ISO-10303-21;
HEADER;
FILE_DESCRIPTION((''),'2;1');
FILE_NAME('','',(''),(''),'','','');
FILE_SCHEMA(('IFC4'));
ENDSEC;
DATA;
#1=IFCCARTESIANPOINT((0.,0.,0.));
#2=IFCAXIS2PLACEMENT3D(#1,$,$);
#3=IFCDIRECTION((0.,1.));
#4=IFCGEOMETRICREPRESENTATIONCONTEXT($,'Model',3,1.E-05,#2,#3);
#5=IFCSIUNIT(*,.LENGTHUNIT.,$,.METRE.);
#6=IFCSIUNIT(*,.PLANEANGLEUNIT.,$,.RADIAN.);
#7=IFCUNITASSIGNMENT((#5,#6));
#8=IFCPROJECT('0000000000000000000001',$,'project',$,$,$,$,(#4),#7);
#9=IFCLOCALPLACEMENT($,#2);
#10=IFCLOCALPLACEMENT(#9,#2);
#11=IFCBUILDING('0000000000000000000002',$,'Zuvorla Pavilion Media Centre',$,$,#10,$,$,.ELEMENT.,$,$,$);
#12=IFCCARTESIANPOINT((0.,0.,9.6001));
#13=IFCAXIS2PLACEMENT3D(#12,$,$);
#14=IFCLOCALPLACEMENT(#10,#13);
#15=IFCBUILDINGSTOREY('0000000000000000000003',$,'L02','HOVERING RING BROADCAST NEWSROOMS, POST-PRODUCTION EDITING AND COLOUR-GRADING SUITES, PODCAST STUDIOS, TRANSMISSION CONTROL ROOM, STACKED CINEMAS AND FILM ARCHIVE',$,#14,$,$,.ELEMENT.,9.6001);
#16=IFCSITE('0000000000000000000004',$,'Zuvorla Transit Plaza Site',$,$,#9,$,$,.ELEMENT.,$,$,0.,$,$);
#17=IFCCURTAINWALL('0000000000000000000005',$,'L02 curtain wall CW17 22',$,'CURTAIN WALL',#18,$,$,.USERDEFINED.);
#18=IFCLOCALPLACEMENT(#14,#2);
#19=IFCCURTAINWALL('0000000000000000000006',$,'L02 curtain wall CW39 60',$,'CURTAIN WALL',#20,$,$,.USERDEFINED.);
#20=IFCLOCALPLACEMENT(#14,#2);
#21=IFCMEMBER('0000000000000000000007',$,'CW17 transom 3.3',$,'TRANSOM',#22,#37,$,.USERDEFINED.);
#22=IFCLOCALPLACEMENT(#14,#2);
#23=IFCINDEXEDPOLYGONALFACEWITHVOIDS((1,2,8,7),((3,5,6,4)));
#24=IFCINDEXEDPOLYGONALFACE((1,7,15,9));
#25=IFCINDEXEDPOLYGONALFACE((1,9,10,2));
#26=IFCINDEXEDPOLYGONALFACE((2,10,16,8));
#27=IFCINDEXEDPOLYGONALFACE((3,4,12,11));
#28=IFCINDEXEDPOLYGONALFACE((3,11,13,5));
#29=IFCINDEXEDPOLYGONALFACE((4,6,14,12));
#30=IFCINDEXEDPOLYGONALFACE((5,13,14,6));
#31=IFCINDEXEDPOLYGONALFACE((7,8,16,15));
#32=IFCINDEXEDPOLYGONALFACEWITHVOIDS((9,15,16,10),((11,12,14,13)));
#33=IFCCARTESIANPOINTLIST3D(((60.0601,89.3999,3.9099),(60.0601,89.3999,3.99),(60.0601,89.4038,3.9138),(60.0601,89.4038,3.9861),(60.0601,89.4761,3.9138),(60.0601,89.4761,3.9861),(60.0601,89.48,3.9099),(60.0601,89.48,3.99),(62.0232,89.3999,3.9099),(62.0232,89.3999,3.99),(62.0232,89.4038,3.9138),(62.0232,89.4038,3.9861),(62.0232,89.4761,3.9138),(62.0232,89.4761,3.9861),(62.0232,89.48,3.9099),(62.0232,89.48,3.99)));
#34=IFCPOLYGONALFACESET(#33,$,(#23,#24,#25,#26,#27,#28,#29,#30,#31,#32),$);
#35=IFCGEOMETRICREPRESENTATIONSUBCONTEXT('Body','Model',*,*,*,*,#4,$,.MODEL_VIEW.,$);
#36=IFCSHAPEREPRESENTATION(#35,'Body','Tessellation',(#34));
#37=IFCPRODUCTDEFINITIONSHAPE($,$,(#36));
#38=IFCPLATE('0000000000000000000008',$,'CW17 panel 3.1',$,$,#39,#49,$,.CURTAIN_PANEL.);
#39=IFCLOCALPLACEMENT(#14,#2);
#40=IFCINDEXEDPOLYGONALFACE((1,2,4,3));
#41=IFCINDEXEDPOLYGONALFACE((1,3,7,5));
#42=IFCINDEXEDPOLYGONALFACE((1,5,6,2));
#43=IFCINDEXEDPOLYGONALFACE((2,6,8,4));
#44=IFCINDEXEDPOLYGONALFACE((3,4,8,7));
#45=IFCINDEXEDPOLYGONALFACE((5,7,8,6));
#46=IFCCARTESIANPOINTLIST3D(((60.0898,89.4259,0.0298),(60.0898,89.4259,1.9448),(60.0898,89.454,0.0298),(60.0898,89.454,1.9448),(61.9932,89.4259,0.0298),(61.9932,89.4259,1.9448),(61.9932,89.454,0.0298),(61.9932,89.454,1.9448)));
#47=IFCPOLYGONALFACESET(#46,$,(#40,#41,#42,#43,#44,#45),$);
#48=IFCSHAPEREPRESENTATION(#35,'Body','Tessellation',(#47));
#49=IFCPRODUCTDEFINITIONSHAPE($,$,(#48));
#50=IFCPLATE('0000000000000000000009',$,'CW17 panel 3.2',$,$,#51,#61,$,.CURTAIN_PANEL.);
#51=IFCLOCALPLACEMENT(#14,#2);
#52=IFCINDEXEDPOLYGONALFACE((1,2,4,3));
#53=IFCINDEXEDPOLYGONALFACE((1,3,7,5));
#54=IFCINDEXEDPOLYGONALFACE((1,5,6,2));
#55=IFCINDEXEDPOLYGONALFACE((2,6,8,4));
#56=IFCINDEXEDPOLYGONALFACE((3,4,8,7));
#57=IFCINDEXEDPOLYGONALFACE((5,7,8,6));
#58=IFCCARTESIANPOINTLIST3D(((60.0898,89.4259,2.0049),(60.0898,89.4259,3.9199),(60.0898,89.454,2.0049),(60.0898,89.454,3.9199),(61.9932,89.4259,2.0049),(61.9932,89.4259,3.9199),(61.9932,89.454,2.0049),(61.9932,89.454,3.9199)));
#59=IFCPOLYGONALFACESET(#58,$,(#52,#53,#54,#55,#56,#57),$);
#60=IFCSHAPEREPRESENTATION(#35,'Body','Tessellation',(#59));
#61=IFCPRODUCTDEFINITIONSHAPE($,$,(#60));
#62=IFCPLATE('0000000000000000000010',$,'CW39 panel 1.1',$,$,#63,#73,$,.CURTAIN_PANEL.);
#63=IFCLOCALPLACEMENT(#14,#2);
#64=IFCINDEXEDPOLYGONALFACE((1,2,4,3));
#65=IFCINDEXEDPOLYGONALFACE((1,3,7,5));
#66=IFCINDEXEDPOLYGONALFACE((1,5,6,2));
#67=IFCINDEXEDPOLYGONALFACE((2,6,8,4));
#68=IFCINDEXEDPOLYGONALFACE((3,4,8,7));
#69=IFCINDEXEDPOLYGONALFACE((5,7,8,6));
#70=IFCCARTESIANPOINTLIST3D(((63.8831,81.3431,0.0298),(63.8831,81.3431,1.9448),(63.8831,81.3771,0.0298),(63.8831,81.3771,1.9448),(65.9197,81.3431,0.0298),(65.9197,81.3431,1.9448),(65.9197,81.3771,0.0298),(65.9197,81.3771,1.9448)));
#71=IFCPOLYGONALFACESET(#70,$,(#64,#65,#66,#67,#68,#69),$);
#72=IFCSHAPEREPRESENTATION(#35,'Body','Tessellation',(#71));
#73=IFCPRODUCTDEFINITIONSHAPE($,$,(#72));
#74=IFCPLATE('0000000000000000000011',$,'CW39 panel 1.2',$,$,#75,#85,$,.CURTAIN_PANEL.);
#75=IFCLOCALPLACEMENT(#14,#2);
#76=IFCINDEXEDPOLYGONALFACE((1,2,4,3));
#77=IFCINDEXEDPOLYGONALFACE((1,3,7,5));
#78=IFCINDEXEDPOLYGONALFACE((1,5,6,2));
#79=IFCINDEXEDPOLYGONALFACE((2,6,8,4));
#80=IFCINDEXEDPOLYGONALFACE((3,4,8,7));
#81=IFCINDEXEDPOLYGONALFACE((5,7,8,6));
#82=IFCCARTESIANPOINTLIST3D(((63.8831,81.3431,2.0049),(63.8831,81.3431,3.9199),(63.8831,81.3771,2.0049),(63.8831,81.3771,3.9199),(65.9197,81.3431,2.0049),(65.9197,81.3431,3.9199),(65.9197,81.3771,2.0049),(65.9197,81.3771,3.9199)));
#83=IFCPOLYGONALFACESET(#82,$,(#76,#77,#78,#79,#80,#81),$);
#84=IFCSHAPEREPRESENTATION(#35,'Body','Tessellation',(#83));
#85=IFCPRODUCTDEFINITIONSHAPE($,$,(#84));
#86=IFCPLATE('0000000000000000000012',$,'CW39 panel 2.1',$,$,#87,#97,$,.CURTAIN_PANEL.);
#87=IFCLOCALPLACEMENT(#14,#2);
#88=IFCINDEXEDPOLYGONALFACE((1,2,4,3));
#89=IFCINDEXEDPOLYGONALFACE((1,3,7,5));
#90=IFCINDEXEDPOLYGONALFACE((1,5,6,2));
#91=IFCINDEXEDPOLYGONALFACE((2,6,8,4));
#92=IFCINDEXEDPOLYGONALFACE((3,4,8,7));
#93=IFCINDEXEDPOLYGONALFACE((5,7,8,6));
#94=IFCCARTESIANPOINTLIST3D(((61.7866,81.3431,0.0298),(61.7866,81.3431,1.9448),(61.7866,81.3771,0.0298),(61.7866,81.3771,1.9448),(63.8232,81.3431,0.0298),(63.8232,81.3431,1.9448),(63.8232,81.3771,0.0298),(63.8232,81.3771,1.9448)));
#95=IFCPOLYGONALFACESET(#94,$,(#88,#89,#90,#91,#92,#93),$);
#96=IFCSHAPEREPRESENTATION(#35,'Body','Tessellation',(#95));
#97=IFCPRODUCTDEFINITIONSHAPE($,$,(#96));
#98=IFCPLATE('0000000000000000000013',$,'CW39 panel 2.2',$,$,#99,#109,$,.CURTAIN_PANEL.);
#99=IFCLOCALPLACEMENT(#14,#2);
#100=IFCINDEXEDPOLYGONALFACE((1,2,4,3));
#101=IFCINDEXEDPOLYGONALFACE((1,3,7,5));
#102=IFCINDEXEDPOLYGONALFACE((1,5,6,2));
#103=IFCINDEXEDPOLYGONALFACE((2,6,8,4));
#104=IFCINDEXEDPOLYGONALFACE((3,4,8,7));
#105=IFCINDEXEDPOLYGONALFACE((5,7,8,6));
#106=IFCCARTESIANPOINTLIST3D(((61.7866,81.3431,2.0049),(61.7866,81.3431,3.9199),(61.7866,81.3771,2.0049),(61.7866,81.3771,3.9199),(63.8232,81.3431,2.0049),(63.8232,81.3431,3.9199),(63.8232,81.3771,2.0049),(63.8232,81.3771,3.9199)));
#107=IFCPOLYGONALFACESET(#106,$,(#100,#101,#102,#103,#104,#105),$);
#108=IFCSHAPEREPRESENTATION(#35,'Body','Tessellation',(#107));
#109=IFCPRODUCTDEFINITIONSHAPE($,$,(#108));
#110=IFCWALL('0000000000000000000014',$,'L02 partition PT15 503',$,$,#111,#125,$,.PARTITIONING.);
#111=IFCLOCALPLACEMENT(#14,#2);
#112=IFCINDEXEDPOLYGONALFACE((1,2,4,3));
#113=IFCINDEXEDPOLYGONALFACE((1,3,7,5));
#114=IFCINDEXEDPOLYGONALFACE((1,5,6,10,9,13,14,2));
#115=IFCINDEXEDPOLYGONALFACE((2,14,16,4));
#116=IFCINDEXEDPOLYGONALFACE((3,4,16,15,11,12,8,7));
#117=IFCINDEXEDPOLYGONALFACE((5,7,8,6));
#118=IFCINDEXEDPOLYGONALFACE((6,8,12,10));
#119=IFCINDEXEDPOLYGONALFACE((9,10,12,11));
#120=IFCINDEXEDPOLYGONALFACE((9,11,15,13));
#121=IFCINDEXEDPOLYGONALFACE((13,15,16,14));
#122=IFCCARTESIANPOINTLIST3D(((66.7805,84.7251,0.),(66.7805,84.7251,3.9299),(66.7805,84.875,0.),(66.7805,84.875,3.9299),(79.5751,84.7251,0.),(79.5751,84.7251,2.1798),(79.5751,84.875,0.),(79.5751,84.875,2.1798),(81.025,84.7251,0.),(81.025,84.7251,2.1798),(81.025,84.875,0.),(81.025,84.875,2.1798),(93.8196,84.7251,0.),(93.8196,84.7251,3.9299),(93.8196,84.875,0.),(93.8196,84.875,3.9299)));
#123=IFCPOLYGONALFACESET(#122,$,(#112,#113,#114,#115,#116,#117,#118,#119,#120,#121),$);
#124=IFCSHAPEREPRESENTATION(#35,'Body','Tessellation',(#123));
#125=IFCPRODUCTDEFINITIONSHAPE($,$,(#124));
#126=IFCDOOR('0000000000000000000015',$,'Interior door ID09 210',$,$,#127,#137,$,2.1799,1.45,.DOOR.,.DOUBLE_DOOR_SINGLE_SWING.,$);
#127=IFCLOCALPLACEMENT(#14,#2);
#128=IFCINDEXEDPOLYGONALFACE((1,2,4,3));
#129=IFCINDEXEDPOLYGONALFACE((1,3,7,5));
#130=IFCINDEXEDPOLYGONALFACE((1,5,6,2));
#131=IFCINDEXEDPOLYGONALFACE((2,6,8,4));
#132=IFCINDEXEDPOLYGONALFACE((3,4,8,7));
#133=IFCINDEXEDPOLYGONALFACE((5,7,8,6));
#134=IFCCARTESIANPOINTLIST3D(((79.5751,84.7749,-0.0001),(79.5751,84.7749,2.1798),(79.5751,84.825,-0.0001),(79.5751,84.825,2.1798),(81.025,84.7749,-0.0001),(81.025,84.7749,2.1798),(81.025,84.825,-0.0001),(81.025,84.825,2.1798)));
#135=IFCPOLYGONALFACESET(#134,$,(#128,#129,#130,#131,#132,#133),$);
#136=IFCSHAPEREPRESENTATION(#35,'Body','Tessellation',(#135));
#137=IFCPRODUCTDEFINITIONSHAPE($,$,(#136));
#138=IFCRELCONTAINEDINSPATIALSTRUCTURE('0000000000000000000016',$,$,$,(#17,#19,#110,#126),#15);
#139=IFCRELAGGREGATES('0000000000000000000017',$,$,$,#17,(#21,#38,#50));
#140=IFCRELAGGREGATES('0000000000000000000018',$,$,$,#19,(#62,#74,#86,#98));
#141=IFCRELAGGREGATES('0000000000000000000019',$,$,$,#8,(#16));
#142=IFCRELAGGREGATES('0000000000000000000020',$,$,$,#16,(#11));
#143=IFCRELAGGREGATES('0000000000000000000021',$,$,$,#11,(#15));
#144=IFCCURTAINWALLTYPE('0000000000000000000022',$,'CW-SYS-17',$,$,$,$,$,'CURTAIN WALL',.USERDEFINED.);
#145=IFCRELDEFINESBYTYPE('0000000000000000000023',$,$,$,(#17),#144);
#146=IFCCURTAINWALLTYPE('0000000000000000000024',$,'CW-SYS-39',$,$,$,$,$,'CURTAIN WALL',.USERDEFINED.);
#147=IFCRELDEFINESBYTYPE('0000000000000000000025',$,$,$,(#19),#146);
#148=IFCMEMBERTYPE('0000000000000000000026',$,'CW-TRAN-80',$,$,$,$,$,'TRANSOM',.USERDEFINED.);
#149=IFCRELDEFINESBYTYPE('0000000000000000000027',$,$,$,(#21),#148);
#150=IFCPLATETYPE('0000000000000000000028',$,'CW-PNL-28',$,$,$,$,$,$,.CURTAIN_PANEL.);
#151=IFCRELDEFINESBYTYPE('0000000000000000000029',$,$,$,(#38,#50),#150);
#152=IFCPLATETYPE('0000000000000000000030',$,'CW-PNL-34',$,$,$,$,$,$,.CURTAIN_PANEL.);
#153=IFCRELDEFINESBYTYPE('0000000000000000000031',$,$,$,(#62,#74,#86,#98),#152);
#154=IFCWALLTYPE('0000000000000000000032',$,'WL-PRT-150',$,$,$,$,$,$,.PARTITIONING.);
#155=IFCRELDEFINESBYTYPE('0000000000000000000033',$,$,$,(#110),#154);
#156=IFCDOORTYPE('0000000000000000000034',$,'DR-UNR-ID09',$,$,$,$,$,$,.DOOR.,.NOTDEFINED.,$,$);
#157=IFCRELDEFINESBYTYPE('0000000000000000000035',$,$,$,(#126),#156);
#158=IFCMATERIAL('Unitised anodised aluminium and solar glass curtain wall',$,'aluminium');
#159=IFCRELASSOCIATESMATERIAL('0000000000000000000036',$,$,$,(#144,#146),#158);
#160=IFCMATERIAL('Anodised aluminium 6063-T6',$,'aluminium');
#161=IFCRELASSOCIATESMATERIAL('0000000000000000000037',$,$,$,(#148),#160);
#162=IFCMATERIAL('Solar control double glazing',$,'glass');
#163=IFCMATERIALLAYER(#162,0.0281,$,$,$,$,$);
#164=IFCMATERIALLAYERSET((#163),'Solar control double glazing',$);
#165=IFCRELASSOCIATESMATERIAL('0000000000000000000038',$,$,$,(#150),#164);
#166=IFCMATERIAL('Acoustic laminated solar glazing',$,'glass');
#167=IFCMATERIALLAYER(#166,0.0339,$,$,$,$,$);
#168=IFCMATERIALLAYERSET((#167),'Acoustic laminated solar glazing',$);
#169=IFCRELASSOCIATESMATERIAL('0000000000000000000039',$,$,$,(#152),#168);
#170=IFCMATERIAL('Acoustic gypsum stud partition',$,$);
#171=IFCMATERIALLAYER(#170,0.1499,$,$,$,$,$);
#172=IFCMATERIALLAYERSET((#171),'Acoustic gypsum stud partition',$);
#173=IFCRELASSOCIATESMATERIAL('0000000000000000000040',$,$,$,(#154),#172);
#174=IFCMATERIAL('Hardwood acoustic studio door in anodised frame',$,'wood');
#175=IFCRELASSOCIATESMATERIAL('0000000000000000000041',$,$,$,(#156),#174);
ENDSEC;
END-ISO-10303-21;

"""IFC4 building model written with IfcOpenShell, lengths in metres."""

from ifc_helpers import new_model, si_unit, direction, frame, frame_2d, origin, origin_2d, place, context, subcontext, project, spatial, rectangle, hollow_rectangle, extrude, material, layer, layer_set, material_profile, profile_set, type_object, element, fill, aggregate, save


model = new_model("IFC4")

# Units and contexts
model_context = context("Model", 3, precision=1e-05, world=origin(), true_north=direction((0.0, 1.0)))
body_context = subcontext(model_context, "Body", "Model", "MODEL_VIEW")
ifc_project = project(units=[si_unit("LENGTHUNIT", "METRE"), si_unit("PLANEANGLEUNIT", "RADIAN")], contexts=[model_context])

# Site, building, storey
site_placement = place(None, origin())
site = spatial("IfcSite", under=ifc_project, at=site_placement, Name="Zuvorla Transit Plaza Site", CompositionType="ELEMENT", RefElevation=0.0)
building_placement = place(site_placement, origin())
building = spatial("IfcBuilding", under=site, at=building_placement, Name="Zuvorla Pavilion Media Centre", CompositionType="ELEMENT")
storey_placement = place(building_placement, frame((0.0, 0.0, 9.6001)))
storey = spatial("IfcBuildingStorey", under=building, at=storey_placement, Name="L02", Description="HOVERING RING BROADCAST NEWSROOMS, POST-PRODUCTION EDITING AND COLOUR-GRADING SUITES, PODCAST STUDIOS, TRANSMISSION CONTROL ROOM, STACKED CINEMAS AND FILM ARCHIVE", CompositionType="ELEMENT", Elevation=9.6001)

# Curtain wall
ifc_material_1 = material(Name="Unitised anodised aluminium and solar glass curtain wall", Category="aluminium")
curtain_wall_type_1 = type_object("IfcCurtainWallType", Name="CW-SYS-17", ElementType="CURTAIN WALL", PredefinedType="USERDEFINED", material=ifc_material_1)
curtain_wall_1_placement = place(storey_placement, origin())
curtain_wall_1 = element("IfcCurtainWall", 1, at=curtain_wall_1_placement, inside=storey, type_object=curtain_wall_type_1, Name="L02 curtain wall CW17 22", ObjectType="CURTAIN WALL", PredefinedType="USERDEFINED")
ifc_material_2 = material(Name="Anodised aluminium 6063-T6", Category="aluminium")

# Curtain wall
curtain_wall_type_2 = type_object("IfcCurtainWallType", Name="CW-SYS-39", ElementType="CURTAIN WALL", PredefinedType="USERDEFINED", material=ifc_material_1)
curtain_wall_2_placement = place(storey_placement, origin())
curtain_wall_2 = element("IfcCurtainWall", 2, at=curtain_wall_2_placement, inside=storey, type_object=curtain_wall_type_2, Name="L02 curtain wall CW39 60", ObjectType="CURTAIN WALL", PredefinedType="USERDEFINED")

# Member
ifc_material_profile_1 = material_profile(ifc_material_2, hollow_rectangle(XDim=0.0801, YDim=0.0801, WallThickness=0.0039, at=origin_2d()), Name="ALU TRAN 80x80")
ifc_profile_set_1 = profile_set([ifc_material_profile_1], Name="Anodised aluminium 6063-T6")
member_type_1 = type_object("IfcMemberType", Name="CW-TRAN-80", ElementType="TRANSOM", PredefinedType="USERDEFINED", material=ifc_profile_set_1)
member_1_placement = place(storey_placement, frame((62.0232, 89.4399, 3.95), z_axis=(-1.0, 0.0, 0.0), x_axis=(0.0, -1.0, 0.0)))
member_1 = element("IfcMember", 3, at=member_1_placement, type_object=member_type_1, Name="CW17 transom 3.3", ObjectType="TRANSOM", PredefinedType="USERDEFINED", context=body_context, shape_type="SweptSolid", body=[
    extrude(hollow_rectangle(XDim=0.0801, YDim=0.0801, WallThickness=0.0039, at=origin_2d()), origin(), (0.0, 0.0, 1.0), 1.9631),
])

# Plates
ifc_material_3 = material(Name="Solar control double glazing", Category="glass")
ifc_layer_1 = layer(ifc_material_3, 0.0281)
ifc_layer_set_1 = layer_set([ifc_layer_1], Name="Solar control double glazing")
plate_type_1 = type_object("IfcPlateType", Name="CW-PNL-28", PredefinedType="CURTAIN_PANEL", material=ifc_layer_set_1)
plate_1_placement = place(storey_placement, frame((61.0415, 89.4399, 0.0298), z_axis=(0.0, 0.0, 1.0), x_axis=(-1.0, 0.0, 0.0)))
plate_1 = element("IfcPlate", 4, at=plate_1_placement, type_object=plate_type_1, Name="CW17 panel 3.1", PredefinedType="CURTAIN_PANEL", context=body_context, shape_type="SweptSolid", body=[
    extrude(rectangle(XDim=1.9033, YDim=0.0281, at=origin_2d()), origin(), (0.0, 0.0, 1.0), 1.915),
])
plate_2_placement = place(storey_placement, frame((61.0415, 89.4399, 2.0049), z_axis=(0.0, 0.0, 1.0), x_axis=(-1.0, 0.0, 0.0)))
plate_2 = element("IfcPlate", 5, at=plate_2_placement, type_object=plate_type_1, Name="CW17 panel 3.2", PredefinedType="CURTAIN_PANEL", context=body_context, shape_type="SweptSolid", body=[
    extrude(rectangle(XDim=1.9033, YDim=0.0281, at=origin_2d()), origin(), (0.0, 0.0, 1.0), 1.915),
])
aggregate(curtain_wall_1, [member_1, plate_1, plate_2])
ifc_material_4 = material(Name="Acoustic laminated solar glazing", Category="glass")
ifc_layer_2 = layer(ifc_material_4, 0.0339)
ifc_layer_set_2 = layer_set([ifc_layer_2], Name="Acoustic laminated solar glazing")
plate_type_2 = type_object("IfcPlateType", Name="CW-PNL-34", PredefinedType="CURTAIN_PANEL", material=ifc_layer_set_2)
plate_3_placement = place(storey_placement, frame((64.9014, 81.3601, 0.0298), z_axis=(0.0, 0.0, 1.0), x_axis=(-1.0, 0.0, 0.0)))
plate_3 = element("IfcPlate", 6, at=plate_3_placement, type_object=plate_type_2, Name="CW39 panel 1.1", PredefinedType="CURTAIN_PANEL", context=body_context, shape_type="SweptSolid", body=[
    extrude(rectangle(XDim=2.0366, YDim=0.0339, at=origin_2d()), origin(), (0.0, 0.0, 1.0), 1.915),
])
plate_4_placement = place(storey_placement, frame((64.9014, 81.3601, 2.0049), z_axis=(0.0, 0.0, 1.0), x_axis=(-1.0, 0.0, 0.0)))
plate_4 = element("IfcPlate", 7, at=plate_4_placement, type_object=plate_type_2, Name="CW39 panel 1.2", PredefinedType="CURTAIN_PANEL", context=body_context, shape_type="SweptSolid", body=[
    extrude(rectangle(XDim=2.0366, YDim=0.0339, at=origin_2d()), origin(), (0.0, 0.0, 1.0), 1.915),
])
plate_5_placement = place(storey_placement, frame((62.8049, 81.3601, 0.0298), z_axis=(0.0, 0.0, 1.0), x_axis=(-1.0, 0.0, 0.0)))
plate_5 = element("IfcPlate", 8, at=plate_5_placement, type_object=plate_type_2, Name="CW39 panel 2.1", PredefinedType="CURTAIN_PANEL", context=body_context, shape_type="SweptSolid", body=[
    extrude(rectangle(XDim=2.0366, YDim=0.0339, at=origin_2d()), origin(), (0.0, 0.0, 1.0), 1.915),
])
plate_6_placement = place(storey_placement, frame((62.8049, 81.3601, 2.0049), z_axis=(0.0, 0.0, 1.0), x_axis=(-1.0, 0.0, 0.0)))
plate_6 = element("IfcPlate", 9, at=plate_6_placement, type_object=plate_type_2, Name="CW39 panel 2.2", PredefinedType="CURTAIN_PANEL", context=body_context, shape_type="SweptSolid", body=[
    extrude(rectangle(XDim=2.0366, YDim=0.0339, at=origin_2d()), origin(), (0.0, 0.0, 1.0), 1.915),
])
aggregate(curtain_wall_2, [plate_3, plate_4, plate_5, plate_6])

# Wall, opening, door
ifc_material_5 = material(Name="Acoustic gypsum stud partition")
ifc_layer_3 = layer(ifc_material_5, 0.1499)
ifc_layer_set_3 = layer_set([ifc_layer_3], Name="Acoustic gypsum stud partition")
wall_type = type_object("IfcWallType", Name="WL-PRT-150", PredefinedType="PARTITIONING", material=ifc_layer_set_3)
wall_placement = place(storey_placement, frame((66.7805, 84.8, 0.0), z_axis=(0.0, 0.0, 1.0), x_axis=(1.0, 0.0, 0.0)))
wall = element("IfcWall", 10, at=wall_placement, inside=storey, type_object=wall_type, Name="L02 partition PT15 503", PredefinedType="PARTITIONING", context=body_context, shape_type="SweptSolid", body=[
    extrude(rectangle(XDim=27.0391, YDim=0.1499, at=frame_2d((13.5195, 0.0))), origin(), (0.0, 0.0, 1.0), 3.9299),
])
opening_placement = place(wall_placement, frame((12.7944, 0.0, 0.0)))
opening = element("IfcOpeningElement", 11, at=opening_placement, cuts=wall, PredefinedType="OPENING", context=body_context, shape_type="SweptSolid", body=[
    extrude(rectangle(XDim=1.45, YDim=2.1799, at=frame_2d((0.7251, 1.0898))), frame((0.0, 0.085, 0.0), z_axis=(0.0, -1.0, 0.0), x_axis=(1.0, 0.0, 0.0)), (0.0, 0.0, 1.0), 0.1699),
])
ifc_material_6 = material(Name="Hardwood acoustic studio door in anodised frame", Category="wood")
door_type = type_object("IfcDoorType", Name="DR-UNR-ID09", OperationType="NOTDEFINED", PredefinedType="DOOR", material=ifc_material_6)
door_placement = place(opening_placement, origin())
door = element("IfcDoor", 12, at=door_placement, inside=storey, type_object=door_type, Name="Interior door ID09 210", OperationType="DOUBLE_DOOR_SINGLE_SWING", OverallHeight=2.1799, OverallWidth=1.45, PredefinedType="DOOR", context=body_context, shape_type="SweptSolid", body=[
    extrude(rectangle(XDim=1.45, YDim=2.1799, at=frame_2d((0.7251, 1.0898))), frame((0.0, 0.0249, 0.0), z_axis=(0.0, -1.0, 0.0), x_axis=(1.0, 0.0, 0.0)), (0.0, 0.0, 1.0), 0.05),
])
fill(opening, door)

save(model, "model.ifc")
